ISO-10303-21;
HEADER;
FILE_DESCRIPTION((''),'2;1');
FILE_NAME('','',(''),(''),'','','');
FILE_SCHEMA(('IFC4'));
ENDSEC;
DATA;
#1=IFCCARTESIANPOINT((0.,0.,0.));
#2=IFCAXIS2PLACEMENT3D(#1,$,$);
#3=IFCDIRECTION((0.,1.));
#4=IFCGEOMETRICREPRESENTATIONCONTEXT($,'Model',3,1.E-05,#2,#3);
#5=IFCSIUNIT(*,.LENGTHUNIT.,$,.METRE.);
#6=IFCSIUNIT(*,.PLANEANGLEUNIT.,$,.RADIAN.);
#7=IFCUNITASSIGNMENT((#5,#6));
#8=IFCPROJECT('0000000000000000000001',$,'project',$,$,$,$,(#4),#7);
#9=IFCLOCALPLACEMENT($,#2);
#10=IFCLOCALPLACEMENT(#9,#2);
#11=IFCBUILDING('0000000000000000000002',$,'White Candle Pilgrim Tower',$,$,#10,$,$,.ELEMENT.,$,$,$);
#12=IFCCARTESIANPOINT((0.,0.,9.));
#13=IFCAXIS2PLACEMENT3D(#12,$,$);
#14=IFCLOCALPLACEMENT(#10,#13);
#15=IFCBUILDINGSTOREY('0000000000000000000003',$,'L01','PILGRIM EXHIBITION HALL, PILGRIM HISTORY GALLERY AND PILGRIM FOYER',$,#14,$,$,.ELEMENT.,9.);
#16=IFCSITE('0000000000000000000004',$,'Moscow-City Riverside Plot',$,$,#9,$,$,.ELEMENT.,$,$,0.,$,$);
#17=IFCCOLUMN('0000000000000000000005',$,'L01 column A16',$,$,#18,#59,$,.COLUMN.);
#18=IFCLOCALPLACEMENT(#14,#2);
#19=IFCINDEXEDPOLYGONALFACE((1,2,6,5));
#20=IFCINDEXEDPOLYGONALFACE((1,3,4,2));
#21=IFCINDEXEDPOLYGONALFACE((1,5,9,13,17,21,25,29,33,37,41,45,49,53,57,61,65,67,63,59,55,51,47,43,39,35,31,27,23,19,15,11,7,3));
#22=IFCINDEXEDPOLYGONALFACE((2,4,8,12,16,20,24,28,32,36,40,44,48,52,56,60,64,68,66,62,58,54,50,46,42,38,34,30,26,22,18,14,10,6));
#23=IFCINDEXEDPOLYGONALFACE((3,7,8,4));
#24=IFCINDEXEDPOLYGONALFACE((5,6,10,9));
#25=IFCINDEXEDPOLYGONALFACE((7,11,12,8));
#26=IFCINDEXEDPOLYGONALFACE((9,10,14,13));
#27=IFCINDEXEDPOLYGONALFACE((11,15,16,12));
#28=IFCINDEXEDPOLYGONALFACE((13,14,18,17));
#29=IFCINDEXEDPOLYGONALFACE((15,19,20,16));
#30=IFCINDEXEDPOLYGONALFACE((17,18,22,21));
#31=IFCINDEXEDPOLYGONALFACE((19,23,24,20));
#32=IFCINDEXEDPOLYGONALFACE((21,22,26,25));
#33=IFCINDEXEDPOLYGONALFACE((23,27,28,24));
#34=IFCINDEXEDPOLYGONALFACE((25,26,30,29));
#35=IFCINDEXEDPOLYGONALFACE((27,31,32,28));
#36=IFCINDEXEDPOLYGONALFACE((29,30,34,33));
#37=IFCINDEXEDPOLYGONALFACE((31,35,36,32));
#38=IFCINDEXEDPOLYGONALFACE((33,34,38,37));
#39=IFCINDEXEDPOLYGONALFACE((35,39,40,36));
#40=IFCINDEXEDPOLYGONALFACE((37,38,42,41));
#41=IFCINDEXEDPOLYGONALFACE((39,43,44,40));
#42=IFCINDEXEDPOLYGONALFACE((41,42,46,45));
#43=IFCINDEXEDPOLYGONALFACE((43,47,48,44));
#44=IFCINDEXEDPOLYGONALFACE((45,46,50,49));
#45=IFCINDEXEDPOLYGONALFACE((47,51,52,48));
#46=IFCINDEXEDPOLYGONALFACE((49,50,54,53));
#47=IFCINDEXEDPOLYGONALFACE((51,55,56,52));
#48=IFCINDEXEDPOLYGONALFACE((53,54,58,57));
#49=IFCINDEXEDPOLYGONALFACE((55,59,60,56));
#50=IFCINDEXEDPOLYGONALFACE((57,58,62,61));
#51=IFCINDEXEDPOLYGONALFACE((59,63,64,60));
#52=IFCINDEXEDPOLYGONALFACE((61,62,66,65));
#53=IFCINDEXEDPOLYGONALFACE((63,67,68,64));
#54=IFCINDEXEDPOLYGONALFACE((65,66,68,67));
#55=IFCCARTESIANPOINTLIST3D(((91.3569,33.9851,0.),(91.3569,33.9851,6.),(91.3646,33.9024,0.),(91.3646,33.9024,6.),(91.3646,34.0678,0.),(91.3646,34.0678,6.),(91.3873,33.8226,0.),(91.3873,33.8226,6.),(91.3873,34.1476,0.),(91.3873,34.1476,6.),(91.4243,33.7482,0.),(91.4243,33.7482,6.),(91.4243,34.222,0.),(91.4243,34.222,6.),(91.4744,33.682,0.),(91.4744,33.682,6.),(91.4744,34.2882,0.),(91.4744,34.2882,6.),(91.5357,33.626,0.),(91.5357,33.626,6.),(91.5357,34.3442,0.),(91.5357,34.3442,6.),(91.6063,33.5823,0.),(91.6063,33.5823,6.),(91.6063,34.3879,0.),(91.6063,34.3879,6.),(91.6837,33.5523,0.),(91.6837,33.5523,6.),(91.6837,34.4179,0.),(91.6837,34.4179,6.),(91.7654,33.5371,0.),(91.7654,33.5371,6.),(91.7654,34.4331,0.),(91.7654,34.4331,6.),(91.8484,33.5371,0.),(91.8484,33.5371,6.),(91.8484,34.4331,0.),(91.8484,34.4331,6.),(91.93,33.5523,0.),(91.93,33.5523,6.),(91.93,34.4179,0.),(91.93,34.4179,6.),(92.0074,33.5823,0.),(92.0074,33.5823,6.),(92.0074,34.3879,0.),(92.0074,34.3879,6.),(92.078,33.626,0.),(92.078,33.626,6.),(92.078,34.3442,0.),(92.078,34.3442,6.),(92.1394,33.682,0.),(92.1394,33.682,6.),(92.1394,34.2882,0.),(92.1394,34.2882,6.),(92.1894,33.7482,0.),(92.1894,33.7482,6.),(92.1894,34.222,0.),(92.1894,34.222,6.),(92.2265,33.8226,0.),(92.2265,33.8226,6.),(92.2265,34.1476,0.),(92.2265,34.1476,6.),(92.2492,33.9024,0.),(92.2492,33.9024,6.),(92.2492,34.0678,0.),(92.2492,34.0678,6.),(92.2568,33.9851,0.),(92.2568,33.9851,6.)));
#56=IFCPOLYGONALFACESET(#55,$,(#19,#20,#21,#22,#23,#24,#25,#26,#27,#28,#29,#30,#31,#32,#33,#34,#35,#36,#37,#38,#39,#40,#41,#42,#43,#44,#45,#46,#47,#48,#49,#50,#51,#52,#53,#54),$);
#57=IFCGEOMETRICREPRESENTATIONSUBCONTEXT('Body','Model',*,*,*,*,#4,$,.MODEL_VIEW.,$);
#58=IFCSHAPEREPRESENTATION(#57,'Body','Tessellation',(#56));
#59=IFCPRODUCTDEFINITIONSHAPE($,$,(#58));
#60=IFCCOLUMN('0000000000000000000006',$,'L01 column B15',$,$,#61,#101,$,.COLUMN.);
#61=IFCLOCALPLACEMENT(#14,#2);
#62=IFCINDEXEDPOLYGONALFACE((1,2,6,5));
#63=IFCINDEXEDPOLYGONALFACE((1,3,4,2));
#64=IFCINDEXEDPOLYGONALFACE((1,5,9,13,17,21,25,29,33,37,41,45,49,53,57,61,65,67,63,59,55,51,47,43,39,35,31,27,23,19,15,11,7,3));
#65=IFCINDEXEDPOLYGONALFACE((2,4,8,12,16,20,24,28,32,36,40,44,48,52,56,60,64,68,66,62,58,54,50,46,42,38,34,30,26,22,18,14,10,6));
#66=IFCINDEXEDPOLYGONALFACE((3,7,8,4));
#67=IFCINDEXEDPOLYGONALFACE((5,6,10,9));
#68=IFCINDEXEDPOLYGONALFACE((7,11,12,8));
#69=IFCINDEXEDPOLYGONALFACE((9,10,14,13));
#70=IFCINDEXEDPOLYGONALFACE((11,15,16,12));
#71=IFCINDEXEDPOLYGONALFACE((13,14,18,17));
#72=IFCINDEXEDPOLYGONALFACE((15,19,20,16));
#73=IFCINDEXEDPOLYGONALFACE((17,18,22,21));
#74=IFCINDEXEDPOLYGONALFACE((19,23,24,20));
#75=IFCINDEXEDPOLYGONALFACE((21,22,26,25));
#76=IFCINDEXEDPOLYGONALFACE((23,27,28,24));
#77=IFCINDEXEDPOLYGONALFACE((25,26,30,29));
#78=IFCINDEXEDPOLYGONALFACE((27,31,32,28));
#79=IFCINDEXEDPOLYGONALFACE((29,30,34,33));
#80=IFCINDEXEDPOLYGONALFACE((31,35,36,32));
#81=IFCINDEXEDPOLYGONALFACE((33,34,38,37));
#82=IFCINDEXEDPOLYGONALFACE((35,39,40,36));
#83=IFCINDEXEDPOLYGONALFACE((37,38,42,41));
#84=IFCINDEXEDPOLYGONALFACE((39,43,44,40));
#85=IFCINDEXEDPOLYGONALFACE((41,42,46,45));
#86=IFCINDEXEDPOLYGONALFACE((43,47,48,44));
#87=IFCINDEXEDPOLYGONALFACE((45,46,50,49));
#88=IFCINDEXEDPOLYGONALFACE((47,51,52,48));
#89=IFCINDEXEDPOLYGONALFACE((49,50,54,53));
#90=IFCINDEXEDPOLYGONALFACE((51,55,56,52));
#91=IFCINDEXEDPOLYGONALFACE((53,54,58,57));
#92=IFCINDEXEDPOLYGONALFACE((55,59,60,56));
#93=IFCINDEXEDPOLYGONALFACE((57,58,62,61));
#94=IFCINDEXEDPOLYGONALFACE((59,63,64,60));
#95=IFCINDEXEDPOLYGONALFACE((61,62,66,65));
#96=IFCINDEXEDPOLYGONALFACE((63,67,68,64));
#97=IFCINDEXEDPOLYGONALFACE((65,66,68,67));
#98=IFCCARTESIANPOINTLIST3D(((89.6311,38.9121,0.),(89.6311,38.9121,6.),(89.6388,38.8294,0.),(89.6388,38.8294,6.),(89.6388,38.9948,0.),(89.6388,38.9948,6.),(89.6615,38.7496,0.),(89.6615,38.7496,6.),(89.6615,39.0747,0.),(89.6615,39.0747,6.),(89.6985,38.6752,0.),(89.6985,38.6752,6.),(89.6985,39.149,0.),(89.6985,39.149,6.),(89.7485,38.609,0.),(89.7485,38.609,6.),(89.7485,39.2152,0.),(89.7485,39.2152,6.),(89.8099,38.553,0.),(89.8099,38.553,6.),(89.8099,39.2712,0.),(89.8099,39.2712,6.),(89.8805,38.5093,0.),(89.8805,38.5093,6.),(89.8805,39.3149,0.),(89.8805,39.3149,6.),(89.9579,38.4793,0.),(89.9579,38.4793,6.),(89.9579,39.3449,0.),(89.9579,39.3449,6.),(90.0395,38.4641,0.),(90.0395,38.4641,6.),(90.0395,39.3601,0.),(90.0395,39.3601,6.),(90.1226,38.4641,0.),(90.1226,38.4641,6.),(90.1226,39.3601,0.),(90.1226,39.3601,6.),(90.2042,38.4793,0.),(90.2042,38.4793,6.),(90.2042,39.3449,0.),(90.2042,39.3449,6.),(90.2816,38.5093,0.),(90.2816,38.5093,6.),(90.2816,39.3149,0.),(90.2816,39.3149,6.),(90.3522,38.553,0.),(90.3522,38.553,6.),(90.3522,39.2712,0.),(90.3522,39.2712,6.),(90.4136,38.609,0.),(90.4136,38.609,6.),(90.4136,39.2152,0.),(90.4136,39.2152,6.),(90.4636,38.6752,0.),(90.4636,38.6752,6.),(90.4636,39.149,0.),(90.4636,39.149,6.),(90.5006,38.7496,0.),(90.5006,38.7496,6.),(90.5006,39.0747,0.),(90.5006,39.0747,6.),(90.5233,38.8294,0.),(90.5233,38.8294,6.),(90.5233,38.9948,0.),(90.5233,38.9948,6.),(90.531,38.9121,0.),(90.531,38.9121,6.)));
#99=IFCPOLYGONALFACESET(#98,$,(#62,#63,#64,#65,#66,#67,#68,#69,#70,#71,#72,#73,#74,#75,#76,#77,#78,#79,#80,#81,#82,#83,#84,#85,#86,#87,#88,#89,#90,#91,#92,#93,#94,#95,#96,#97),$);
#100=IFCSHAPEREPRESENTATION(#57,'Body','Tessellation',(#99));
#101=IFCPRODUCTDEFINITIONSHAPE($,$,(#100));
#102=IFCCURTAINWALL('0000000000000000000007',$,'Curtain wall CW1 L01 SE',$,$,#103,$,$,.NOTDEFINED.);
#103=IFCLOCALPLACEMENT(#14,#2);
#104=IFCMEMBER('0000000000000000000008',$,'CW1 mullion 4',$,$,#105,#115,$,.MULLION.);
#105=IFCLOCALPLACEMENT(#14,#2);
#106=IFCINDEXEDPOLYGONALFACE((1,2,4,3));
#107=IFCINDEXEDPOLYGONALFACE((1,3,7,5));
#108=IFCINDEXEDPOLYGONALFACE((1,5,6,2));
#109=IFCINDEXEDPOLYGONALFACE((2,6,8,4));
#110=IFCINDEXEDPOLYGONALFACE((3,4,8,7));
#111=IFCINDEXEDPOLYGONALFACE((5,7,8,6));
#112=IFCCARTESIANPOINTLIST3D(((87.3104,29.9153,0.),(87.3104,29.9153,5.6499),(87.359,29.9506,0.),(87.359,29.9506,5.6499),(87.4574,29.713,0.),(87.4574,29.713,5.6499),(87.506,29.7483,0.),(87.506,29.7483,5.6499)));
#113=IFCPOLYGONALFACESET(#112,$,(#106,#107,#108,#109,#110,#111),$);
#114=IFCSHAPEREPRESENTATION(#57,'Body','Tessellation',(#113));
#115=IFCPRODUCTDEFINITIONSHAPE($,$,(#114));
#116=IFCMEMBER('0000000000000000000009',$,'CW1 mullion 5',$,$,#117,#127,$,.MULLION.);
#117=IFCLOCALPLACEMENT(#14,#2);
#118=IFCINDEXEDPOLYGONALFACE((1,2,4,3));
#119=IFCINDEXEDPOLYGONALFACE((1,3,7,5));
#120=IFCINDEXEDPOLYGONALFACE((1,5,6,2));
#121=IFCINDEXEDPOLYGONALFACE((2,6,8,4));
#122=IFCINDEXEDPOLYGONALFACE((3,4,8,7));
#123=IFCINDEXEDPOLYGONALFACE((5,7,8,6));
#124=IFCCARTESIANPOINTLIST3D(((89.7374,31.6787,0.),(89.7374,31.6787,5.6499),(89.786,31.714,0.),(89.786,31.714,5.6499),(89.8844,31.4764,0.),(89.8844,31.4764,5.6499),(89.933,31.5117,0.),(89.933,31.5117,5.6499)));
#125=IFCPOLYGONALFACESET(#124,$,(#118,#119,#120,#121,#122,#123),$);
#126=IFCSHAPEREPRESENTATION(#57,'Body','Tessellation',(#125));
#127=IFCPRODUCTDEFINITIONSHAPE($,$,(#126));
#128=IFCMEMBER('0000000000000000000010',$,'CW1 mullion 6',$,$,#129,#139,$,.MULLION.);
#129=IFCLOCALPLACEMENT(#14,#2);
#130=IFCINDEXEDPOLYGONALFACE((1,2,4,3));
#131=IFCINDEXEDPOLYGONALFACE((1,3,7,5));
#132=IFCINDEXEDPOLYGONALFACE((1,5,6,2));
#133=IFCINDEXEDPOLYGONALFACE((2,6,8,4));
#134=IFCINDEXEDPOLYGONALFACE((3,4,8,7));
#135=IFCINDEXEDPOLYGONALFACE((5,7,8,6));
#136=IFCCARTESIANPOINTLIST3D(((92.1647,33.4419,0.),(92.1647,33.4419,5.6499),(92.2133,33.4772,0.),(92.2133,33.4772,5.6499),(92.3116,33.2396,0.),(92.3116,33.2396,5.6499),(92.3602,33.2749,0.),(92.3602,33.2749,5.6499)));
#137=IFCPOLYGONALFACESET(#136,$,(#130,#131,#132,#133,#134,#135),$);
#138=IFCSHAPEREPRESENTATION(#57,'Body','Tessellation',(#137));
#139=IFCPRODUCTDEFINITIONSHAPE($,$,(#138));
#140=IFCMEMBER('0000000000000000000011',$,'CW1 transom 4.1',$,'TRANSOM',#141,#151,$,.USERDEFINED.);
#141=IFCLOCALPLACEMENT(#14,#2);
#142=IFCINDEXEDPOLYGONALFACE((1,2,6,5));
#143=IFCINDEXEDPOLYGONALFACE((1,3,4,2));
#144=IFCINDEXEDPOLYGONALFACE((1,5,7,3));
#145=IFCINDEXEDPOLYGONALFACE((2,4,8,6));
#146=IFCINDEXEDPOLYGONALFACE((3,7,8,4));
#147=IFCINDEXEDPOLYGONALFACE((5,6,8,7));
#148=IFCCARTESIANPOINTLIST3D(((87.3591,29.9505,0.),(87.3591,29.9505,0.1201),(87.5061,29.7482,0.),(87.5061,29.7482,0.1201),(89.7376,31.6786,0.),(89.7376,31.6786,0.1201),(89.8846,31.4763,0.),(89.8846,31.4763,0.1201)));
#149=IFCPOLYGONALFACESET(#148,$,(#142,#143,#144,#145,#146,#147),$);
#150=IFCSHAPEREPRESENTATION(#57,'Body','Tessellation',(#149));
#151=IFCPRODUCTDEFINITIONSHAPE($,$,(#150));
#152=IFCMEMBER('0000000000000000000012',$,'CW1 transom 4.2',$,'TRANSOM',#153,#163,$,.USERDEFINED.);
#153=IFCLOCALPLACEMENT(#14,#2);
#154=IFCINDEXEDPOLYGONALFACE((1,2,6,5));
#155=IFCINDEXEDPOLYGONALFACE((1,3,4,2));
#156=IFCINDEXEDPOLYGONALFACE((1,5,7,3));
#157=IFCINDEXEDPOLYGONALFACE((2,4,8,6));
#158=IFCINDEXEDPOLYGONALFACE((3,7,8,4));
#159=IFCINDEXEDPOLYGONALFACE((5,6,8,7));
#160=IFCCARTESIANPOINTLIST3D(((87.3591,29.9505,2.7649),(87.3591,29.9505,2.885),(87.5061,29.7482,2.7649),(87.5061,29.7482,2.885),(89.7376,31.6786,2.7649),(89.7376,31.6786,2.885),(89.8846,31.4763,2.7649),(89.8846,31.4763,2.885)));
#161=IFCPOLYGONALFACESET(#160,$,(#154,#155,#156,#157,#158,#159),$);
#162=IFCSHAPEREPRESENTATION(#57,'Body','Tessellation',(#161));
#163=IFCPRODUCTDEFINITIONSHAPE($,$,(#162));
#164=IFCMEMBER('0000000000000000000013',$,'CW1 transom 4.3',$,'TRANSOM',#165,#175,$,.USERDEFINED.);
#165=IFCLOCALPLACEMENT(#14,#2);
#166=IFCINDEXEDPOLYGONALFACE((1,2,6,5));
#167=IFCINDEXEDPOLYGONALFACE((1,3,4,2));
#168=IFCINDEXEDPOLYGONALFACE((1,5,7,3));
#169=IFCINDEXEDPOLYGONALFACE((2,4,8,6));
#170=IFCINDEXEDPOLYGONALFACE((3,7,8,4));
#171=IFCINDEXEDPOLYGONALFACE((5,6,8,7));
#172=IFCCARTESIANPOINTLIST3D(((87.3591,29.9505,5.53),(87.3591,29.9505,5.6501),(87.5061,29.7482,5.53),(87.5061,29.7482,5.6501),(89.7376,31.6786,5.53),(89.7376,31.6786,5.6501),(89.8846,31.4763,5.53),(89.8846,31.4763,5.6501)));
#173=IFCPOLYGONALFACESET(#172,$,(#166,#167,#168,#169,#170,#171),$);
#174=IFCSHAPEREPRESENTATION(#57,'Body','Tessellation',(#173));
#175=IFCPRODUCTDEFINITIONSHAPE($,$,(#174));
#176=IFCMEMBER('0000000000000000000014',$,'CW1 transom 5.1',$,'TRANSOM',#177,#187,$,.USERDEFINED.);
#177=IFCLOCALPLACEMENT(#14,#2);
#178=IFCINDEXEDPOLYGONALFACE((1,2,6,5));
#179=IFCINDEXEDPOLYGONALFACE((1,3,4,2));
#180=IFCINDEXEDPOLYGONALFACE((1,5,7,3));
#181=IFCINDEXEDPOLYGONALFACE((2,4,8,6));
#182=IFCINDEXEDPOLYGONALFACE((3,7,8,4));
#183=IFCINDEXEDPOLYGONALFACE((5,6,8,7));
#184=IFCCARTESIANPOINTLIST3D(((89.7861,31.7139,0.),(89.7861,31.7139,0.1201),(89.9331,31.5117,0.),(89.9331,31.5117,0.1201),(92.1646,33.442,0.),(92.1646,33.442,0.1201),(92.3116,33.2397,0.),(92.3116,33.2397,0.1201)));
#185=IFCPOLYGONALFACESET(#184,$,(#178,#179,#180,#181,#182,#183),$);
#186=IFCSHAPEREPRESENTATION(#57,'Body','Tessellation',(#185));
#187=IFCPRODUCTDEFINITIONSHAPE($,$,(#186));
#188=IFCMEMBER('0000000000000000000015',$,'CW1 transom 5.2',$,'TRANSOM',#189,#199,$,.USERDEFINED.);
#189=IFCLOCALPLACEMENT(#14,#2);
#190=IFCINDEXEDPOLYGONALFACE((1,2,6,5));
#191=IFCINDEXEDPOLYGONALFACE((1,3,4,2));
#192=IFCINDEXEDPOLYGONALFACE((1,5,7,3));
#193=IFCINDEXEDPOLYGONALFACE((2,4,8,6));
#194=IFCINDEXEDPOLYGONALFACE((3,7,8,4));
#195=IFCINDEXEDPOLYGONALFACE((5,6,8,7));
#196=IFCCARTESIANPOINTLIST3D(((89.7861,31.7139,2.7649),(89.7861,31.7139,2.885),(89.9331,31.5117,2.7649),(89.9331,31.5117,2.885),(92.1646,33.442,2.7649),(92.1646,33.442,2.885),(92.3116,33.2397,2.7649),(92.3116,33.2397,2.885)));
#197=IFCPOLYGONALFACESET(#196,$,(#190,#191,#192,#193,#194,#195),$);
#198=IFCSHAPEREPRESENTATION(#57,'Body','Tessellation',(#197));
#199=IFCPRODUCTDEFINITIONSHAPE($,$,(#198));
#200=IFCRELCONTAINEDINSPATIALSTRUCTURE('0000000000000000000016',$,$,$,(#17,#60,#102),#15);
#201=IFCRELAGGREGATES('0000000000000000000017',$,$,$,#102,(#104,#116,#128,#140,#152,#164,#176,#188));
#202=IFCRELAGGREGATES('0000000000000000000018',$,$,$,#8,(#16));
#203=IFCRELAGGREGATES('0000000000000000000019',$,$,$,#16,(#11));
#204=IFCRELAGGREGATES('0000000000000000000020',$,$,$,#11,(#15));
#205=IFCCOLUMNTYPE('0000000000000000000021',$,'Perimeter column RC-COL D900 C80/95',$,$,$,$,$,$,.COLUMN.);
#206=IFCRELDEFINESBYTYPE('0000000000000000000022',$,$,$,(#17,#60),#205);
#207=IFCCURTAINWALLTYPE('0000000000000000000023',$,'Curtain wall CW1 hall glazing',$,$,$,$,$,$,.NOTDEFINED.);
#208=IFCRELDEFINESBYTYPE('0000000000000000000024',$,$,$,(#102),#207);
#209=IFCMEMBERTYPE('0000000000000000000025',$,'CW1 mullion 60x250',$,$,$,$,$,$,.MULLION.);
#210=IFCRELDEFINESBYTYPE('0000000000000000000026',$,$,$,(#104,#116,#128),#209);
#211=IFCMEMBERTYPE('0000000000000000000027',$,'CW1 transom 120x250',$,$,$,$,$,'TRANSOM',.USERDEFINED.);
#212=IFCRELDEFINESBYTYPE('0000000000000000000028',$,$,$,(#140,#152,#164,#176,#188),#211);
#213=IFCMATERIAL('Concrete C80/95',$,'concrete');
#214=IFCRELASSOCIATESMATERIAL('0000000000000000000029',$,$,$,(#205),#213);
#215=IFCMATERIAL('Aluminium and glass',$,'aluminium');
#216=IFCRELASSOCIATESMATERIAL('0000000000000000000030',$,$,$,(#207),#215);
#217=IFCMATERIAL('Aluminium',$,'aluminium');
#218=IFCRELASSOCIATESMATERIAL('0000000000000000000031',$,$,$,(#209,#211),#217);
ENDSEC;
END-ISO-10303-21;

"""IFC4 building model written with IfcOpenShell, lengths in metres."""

from ifc_helpers import new_model, si_unit, direction, frame, origin, origin_2d, place, context, subcontext, project, spatial, rectangle, circle, extrude, material, material_profile, profile_set, type_object, element, aggregate, save


model = new_model("IFC4")

# Units and contexts
model_context = context("Model", 3, precision=1e-05, world=origin(), true_north=direction((0.0, 1.0)))
body_context = subcontext(model_context, "Body", "Model", "MODEL_VIEW")
ifc_project = project(units=[si_unit("LENGTHUNIT", "METRE"), si_unit("PLANEANGLEUNIT", "RADIAN")], contexts=[model_context])

# Site, building, storey
site_placement = place(None, origin())
site = spatial("IfcSite", under=ifc_project, at=site_placement, Name="Moscow-City Riverside Plot", CompositionType="ELEMENT", RefElevation=0.0)
building_placement = place(site_placement, origin())
building = spatial("IfcBuilding", under=site, at=building_placement, Name="White Candle Pilgrim Tower", CompositionType="ELEMENT")
storey_placement = place(building_placement, frame((0.0, 0.0, 9.0)))
storey = spatial("IfcBuildingStorey", under=building, at=storey_placement, Name="L01", Description="PILGRIM EXHIBITION HALL, PILGRIM HISTORY GALLERY AND PILGRIM FOYER", CompositionType="ELEMENT", Elevation=9.0)

# Columns
ifc_material_1 = material(Name="Concrete C80/95", Category="concrete")
ifc_material_profile_1 = material_profile(ifc_material_1, circle(Radius=0.45, at=origin_2d()), Name="RC-COL D900")
ifc_profile_set_1 = profile_set([ifc_material_profile_1], Name="Concrete C80/95")
column_type = type_object("IfcColumnType", Name="Perimeter column RC-COL D900 C80/95", PredefinedType="COLUMN", material=ifc_profile_set_1)
for number, where, z_axis, x_axis, name in (
    (1, (91.8069, 33.9851, 0.0), (0.0, 0.0, 1.0), (1.0, 0.0, 0.0), "L01 column A16"),
    (2, (90.0811, 38.9121, 0.0), (0.0, 0.0, 1.0), (1.0, 0.0, 0.0), "L01 column B15"),
):
    element("IfcColumn", number, at=place(storey_placement, frame(where, z_axis=z_axis, x_axis=x_axis)), inside=storey, type_object=column_type, Name=name, PredefinedType="COLUMN", context=body_context, shape_type="SweptSolid", body=[
        extrude(circle(Radius=0.45, at=origin_2d()), origin(), (0.0, 0.0, 1.0), 6.0),
    ])

# Curtain wall, members
ifc_material_2 = material(Name="Aluminium and glass", Category="aluminium")
curtain_wall_type = type_object("IfcCurtainWallType", Name="Curtain wall CW1 hall glazing", PredefinedType="NOTDEFINED", material=ifc_material_2)
curtain_wall_placement = place(storey_placement, origin())
curtain_wall = element("IfcCurtainWall", 3, at=curtain_wall_placement, inside=storey, type_object=curtain_wall_type, Name="Curtain wall CW1 L01 SE", PredefinedType="NOTDEFINED")
ifc_material_3 = material(Name="Aluminium", Category="aluminium")
ifc_material_profile_2 = material_profile(ifc_material_3, rectangle(XDim=0.25, YDim=0.0601, at=origin_2d()), Name="CW1 mullion 60x250")
ifc_profile_set_2 = profile_set([ifc_material_profile_2], Name="Aluminium")
member_type_1 = type_object("IfcMemberType", Name="CW1 mullion 60x250", PredefinedType="MULLION", material=ifc_profile_set_2)
member_1_placement = place(storey_placement, frame((87.4082, 29.8318, 0.0), z_axis=(0.0, 0.0, 1.0), x_axis=(-0.587785, 0.809017, 0.0)))
member_1 = element("IfcMember", 4, at=member_1_placement, type_object=member_type_1, Name="CW1 mullion 4", PredefinedType="MULLION", context=body_context, shape_type="SweptSolid", body=[
    extrude(rectangle(XDim=0.25, YDim=0.0601, at=origin_2d()), origin(), (0.0, 0.0, 1.0), 5.6499),
])
member_2_placement = place(storey_placement, frame((89.8352, 31.5952, 0.0), z_axis=(0.0, 0.0, 1.0), x_axis=(-0.587785, 0.809017, 0.0)))
member_2 = element("IfcMember", 5, at=member_2_placement, type_object=member_type_1, Name="CW1 mullion 5", PredefinedType="MULLION", context=body_context, shape_type="SweptSolid", body=[
    extrude(rectangle(XDim=0.25, YDim=0.0601, at=origin_2d()), origin(), (0.0, 0.0, 1.0), 5.6499),
])
member_3_placement = place(storey_placement, frame((92.2625, 33.3584, 0.0), z_axis=(0.0, 0.0, 1.0), x_axis=(-0.587785, 0.809017, 0.0)))
member_3 = element("IfcMember", 6, at=member_3_placement, type_object=member_type_1, Name="CW1 mullion 6", PredefinedType="MULLION", context=body_context, shape_type="SweptSolid", body=[
    extrude(rectangle(XDim=0.25, YDim=0.0601, at=origin_2d()), origin(), (0.0, 0.0, 1.0), 5.6499),
])
ifc_material_profile_3 = material_profile(ifc_material_3, rectangle(XDim=0.25, YDim=0.1201, at=origin_2d()), Name="CW1 transom 120x250")
ifc_profile_set_3 = profile_set([ifc_material_profile_3], Name="Aluminium")
member_type_2 = type_object("IfcMemberType", Name="CW1 transom 120x250", ElementType="TRANSOM", PredefinedType="USERDEFINED", material=ifc_profile_set_3)
member_4_placement = place(storey_placement, frame((87.4326, 29.8494, 0.0601), z_axis=(0.809016, 0.587786, 0.0), x_axis=(-0.587786, 0.809016, 0.0)))
member_4 = element("IfcMember", 7, at=member_4_placement, type_object=member_type_2, Name="CW1 transom 4.1", ObjectType="TRANSOM", PredefinedType="USERDEFINED", context=body_context, shape_type="SweptSolid", body=[
    extrude(rectangle(XDim=0.25, YDim=0.1201, at=origin_2d()), origin(), (0.0, 0.0, 1.0), 2.9399),
])
member_5_placement = place(storey_placement, frame((87.4326, 29.8494, 2.825), z_axis=(0.809016, 0.587786, 0.0), x_axis=(-0.587786, 0.809016, 0.0)))
member_5 = element("IfcMember", 8, at=member_5_placement, type_object=member_type_2, Name="CW1 transom 4.2", ObjectType="TRANSOM", PredefinedType="USERDEFINED", context=body_context, shape_type="SweptSolid", body=[
    extrude(rectangle(XDim=0.25, YDim=0.1201, at=origin_2d()), origin(), (0.0, 0.0, 1.0), 2.9399),
])
member_6_placement = place(storey_placement, frame((87.4326, 29.8494, 5.5901), z_axis=(0.809016, 0.587786, 0.0), x_axis=(-0.587786, 0.809016, 0.0)))
member_6 = element("IfcMember", 9, at=member_6_placement, type_object=member_type_2, Name="CW1 transom 4.3", ObjectType="TRANSOM", PredefinedType="USERDEFINED", context=body_context, shape_type="SweptSolid", body=[
    extrude(rectangle(XDim=0.25, YDim=0.1201, at=origin_2d()), origin(), (0.0, 0.0, 1.0), 2.9399),
])
member_7_placement = place(storey_placement, frame((89.8596, 31.6128, 0.0601), z_axis=(0.809016, 0.587786, 0.0), x_axis=(-0.587786, 0.809016, 0.0)))
member_7 = element("IfcMember", 10, at=member_7_placement, type_object=member_type_2, Name="CW1 transom 5.1", ObjectType="TRANSOM", PredefinedType="USERDEFINED", context=body_context, shape_type="SweptSolid", body=[
    extrude(rectangle(XDim=0.25, YDim=0.1201, at=origin_2d()), origin(), (0.0, 0.0, 1.0), 2.9399),
])
member_8_placement = place(storey_placement, frame((89.8596, 31.6128, 2.825), z_axis=(0.809016, 0.587786, 0.0), x_axis=(-0.587786, 0.809016, 0.0)))
member_8 = element("IfcMember", 11, at=member_8_placement, type_object=member_type_2, Name="CW1 transom 5.2", ObjectType="TRANSOM", PredefinedType="USERDEFINED", context=body_context, shape_type="SweptSolid", body=[
    extrude(rectangle(XDim=0.25, YDim=0.1201, at=origin_2d()), origin(), (0.0, 0.0, 1.0), 2.9399),
])

aggregate(curtain_wall, [member_1, member_2, member_3, member_4, member_5, member_6, member_7, member_8])

save(model, "model.ifc")
